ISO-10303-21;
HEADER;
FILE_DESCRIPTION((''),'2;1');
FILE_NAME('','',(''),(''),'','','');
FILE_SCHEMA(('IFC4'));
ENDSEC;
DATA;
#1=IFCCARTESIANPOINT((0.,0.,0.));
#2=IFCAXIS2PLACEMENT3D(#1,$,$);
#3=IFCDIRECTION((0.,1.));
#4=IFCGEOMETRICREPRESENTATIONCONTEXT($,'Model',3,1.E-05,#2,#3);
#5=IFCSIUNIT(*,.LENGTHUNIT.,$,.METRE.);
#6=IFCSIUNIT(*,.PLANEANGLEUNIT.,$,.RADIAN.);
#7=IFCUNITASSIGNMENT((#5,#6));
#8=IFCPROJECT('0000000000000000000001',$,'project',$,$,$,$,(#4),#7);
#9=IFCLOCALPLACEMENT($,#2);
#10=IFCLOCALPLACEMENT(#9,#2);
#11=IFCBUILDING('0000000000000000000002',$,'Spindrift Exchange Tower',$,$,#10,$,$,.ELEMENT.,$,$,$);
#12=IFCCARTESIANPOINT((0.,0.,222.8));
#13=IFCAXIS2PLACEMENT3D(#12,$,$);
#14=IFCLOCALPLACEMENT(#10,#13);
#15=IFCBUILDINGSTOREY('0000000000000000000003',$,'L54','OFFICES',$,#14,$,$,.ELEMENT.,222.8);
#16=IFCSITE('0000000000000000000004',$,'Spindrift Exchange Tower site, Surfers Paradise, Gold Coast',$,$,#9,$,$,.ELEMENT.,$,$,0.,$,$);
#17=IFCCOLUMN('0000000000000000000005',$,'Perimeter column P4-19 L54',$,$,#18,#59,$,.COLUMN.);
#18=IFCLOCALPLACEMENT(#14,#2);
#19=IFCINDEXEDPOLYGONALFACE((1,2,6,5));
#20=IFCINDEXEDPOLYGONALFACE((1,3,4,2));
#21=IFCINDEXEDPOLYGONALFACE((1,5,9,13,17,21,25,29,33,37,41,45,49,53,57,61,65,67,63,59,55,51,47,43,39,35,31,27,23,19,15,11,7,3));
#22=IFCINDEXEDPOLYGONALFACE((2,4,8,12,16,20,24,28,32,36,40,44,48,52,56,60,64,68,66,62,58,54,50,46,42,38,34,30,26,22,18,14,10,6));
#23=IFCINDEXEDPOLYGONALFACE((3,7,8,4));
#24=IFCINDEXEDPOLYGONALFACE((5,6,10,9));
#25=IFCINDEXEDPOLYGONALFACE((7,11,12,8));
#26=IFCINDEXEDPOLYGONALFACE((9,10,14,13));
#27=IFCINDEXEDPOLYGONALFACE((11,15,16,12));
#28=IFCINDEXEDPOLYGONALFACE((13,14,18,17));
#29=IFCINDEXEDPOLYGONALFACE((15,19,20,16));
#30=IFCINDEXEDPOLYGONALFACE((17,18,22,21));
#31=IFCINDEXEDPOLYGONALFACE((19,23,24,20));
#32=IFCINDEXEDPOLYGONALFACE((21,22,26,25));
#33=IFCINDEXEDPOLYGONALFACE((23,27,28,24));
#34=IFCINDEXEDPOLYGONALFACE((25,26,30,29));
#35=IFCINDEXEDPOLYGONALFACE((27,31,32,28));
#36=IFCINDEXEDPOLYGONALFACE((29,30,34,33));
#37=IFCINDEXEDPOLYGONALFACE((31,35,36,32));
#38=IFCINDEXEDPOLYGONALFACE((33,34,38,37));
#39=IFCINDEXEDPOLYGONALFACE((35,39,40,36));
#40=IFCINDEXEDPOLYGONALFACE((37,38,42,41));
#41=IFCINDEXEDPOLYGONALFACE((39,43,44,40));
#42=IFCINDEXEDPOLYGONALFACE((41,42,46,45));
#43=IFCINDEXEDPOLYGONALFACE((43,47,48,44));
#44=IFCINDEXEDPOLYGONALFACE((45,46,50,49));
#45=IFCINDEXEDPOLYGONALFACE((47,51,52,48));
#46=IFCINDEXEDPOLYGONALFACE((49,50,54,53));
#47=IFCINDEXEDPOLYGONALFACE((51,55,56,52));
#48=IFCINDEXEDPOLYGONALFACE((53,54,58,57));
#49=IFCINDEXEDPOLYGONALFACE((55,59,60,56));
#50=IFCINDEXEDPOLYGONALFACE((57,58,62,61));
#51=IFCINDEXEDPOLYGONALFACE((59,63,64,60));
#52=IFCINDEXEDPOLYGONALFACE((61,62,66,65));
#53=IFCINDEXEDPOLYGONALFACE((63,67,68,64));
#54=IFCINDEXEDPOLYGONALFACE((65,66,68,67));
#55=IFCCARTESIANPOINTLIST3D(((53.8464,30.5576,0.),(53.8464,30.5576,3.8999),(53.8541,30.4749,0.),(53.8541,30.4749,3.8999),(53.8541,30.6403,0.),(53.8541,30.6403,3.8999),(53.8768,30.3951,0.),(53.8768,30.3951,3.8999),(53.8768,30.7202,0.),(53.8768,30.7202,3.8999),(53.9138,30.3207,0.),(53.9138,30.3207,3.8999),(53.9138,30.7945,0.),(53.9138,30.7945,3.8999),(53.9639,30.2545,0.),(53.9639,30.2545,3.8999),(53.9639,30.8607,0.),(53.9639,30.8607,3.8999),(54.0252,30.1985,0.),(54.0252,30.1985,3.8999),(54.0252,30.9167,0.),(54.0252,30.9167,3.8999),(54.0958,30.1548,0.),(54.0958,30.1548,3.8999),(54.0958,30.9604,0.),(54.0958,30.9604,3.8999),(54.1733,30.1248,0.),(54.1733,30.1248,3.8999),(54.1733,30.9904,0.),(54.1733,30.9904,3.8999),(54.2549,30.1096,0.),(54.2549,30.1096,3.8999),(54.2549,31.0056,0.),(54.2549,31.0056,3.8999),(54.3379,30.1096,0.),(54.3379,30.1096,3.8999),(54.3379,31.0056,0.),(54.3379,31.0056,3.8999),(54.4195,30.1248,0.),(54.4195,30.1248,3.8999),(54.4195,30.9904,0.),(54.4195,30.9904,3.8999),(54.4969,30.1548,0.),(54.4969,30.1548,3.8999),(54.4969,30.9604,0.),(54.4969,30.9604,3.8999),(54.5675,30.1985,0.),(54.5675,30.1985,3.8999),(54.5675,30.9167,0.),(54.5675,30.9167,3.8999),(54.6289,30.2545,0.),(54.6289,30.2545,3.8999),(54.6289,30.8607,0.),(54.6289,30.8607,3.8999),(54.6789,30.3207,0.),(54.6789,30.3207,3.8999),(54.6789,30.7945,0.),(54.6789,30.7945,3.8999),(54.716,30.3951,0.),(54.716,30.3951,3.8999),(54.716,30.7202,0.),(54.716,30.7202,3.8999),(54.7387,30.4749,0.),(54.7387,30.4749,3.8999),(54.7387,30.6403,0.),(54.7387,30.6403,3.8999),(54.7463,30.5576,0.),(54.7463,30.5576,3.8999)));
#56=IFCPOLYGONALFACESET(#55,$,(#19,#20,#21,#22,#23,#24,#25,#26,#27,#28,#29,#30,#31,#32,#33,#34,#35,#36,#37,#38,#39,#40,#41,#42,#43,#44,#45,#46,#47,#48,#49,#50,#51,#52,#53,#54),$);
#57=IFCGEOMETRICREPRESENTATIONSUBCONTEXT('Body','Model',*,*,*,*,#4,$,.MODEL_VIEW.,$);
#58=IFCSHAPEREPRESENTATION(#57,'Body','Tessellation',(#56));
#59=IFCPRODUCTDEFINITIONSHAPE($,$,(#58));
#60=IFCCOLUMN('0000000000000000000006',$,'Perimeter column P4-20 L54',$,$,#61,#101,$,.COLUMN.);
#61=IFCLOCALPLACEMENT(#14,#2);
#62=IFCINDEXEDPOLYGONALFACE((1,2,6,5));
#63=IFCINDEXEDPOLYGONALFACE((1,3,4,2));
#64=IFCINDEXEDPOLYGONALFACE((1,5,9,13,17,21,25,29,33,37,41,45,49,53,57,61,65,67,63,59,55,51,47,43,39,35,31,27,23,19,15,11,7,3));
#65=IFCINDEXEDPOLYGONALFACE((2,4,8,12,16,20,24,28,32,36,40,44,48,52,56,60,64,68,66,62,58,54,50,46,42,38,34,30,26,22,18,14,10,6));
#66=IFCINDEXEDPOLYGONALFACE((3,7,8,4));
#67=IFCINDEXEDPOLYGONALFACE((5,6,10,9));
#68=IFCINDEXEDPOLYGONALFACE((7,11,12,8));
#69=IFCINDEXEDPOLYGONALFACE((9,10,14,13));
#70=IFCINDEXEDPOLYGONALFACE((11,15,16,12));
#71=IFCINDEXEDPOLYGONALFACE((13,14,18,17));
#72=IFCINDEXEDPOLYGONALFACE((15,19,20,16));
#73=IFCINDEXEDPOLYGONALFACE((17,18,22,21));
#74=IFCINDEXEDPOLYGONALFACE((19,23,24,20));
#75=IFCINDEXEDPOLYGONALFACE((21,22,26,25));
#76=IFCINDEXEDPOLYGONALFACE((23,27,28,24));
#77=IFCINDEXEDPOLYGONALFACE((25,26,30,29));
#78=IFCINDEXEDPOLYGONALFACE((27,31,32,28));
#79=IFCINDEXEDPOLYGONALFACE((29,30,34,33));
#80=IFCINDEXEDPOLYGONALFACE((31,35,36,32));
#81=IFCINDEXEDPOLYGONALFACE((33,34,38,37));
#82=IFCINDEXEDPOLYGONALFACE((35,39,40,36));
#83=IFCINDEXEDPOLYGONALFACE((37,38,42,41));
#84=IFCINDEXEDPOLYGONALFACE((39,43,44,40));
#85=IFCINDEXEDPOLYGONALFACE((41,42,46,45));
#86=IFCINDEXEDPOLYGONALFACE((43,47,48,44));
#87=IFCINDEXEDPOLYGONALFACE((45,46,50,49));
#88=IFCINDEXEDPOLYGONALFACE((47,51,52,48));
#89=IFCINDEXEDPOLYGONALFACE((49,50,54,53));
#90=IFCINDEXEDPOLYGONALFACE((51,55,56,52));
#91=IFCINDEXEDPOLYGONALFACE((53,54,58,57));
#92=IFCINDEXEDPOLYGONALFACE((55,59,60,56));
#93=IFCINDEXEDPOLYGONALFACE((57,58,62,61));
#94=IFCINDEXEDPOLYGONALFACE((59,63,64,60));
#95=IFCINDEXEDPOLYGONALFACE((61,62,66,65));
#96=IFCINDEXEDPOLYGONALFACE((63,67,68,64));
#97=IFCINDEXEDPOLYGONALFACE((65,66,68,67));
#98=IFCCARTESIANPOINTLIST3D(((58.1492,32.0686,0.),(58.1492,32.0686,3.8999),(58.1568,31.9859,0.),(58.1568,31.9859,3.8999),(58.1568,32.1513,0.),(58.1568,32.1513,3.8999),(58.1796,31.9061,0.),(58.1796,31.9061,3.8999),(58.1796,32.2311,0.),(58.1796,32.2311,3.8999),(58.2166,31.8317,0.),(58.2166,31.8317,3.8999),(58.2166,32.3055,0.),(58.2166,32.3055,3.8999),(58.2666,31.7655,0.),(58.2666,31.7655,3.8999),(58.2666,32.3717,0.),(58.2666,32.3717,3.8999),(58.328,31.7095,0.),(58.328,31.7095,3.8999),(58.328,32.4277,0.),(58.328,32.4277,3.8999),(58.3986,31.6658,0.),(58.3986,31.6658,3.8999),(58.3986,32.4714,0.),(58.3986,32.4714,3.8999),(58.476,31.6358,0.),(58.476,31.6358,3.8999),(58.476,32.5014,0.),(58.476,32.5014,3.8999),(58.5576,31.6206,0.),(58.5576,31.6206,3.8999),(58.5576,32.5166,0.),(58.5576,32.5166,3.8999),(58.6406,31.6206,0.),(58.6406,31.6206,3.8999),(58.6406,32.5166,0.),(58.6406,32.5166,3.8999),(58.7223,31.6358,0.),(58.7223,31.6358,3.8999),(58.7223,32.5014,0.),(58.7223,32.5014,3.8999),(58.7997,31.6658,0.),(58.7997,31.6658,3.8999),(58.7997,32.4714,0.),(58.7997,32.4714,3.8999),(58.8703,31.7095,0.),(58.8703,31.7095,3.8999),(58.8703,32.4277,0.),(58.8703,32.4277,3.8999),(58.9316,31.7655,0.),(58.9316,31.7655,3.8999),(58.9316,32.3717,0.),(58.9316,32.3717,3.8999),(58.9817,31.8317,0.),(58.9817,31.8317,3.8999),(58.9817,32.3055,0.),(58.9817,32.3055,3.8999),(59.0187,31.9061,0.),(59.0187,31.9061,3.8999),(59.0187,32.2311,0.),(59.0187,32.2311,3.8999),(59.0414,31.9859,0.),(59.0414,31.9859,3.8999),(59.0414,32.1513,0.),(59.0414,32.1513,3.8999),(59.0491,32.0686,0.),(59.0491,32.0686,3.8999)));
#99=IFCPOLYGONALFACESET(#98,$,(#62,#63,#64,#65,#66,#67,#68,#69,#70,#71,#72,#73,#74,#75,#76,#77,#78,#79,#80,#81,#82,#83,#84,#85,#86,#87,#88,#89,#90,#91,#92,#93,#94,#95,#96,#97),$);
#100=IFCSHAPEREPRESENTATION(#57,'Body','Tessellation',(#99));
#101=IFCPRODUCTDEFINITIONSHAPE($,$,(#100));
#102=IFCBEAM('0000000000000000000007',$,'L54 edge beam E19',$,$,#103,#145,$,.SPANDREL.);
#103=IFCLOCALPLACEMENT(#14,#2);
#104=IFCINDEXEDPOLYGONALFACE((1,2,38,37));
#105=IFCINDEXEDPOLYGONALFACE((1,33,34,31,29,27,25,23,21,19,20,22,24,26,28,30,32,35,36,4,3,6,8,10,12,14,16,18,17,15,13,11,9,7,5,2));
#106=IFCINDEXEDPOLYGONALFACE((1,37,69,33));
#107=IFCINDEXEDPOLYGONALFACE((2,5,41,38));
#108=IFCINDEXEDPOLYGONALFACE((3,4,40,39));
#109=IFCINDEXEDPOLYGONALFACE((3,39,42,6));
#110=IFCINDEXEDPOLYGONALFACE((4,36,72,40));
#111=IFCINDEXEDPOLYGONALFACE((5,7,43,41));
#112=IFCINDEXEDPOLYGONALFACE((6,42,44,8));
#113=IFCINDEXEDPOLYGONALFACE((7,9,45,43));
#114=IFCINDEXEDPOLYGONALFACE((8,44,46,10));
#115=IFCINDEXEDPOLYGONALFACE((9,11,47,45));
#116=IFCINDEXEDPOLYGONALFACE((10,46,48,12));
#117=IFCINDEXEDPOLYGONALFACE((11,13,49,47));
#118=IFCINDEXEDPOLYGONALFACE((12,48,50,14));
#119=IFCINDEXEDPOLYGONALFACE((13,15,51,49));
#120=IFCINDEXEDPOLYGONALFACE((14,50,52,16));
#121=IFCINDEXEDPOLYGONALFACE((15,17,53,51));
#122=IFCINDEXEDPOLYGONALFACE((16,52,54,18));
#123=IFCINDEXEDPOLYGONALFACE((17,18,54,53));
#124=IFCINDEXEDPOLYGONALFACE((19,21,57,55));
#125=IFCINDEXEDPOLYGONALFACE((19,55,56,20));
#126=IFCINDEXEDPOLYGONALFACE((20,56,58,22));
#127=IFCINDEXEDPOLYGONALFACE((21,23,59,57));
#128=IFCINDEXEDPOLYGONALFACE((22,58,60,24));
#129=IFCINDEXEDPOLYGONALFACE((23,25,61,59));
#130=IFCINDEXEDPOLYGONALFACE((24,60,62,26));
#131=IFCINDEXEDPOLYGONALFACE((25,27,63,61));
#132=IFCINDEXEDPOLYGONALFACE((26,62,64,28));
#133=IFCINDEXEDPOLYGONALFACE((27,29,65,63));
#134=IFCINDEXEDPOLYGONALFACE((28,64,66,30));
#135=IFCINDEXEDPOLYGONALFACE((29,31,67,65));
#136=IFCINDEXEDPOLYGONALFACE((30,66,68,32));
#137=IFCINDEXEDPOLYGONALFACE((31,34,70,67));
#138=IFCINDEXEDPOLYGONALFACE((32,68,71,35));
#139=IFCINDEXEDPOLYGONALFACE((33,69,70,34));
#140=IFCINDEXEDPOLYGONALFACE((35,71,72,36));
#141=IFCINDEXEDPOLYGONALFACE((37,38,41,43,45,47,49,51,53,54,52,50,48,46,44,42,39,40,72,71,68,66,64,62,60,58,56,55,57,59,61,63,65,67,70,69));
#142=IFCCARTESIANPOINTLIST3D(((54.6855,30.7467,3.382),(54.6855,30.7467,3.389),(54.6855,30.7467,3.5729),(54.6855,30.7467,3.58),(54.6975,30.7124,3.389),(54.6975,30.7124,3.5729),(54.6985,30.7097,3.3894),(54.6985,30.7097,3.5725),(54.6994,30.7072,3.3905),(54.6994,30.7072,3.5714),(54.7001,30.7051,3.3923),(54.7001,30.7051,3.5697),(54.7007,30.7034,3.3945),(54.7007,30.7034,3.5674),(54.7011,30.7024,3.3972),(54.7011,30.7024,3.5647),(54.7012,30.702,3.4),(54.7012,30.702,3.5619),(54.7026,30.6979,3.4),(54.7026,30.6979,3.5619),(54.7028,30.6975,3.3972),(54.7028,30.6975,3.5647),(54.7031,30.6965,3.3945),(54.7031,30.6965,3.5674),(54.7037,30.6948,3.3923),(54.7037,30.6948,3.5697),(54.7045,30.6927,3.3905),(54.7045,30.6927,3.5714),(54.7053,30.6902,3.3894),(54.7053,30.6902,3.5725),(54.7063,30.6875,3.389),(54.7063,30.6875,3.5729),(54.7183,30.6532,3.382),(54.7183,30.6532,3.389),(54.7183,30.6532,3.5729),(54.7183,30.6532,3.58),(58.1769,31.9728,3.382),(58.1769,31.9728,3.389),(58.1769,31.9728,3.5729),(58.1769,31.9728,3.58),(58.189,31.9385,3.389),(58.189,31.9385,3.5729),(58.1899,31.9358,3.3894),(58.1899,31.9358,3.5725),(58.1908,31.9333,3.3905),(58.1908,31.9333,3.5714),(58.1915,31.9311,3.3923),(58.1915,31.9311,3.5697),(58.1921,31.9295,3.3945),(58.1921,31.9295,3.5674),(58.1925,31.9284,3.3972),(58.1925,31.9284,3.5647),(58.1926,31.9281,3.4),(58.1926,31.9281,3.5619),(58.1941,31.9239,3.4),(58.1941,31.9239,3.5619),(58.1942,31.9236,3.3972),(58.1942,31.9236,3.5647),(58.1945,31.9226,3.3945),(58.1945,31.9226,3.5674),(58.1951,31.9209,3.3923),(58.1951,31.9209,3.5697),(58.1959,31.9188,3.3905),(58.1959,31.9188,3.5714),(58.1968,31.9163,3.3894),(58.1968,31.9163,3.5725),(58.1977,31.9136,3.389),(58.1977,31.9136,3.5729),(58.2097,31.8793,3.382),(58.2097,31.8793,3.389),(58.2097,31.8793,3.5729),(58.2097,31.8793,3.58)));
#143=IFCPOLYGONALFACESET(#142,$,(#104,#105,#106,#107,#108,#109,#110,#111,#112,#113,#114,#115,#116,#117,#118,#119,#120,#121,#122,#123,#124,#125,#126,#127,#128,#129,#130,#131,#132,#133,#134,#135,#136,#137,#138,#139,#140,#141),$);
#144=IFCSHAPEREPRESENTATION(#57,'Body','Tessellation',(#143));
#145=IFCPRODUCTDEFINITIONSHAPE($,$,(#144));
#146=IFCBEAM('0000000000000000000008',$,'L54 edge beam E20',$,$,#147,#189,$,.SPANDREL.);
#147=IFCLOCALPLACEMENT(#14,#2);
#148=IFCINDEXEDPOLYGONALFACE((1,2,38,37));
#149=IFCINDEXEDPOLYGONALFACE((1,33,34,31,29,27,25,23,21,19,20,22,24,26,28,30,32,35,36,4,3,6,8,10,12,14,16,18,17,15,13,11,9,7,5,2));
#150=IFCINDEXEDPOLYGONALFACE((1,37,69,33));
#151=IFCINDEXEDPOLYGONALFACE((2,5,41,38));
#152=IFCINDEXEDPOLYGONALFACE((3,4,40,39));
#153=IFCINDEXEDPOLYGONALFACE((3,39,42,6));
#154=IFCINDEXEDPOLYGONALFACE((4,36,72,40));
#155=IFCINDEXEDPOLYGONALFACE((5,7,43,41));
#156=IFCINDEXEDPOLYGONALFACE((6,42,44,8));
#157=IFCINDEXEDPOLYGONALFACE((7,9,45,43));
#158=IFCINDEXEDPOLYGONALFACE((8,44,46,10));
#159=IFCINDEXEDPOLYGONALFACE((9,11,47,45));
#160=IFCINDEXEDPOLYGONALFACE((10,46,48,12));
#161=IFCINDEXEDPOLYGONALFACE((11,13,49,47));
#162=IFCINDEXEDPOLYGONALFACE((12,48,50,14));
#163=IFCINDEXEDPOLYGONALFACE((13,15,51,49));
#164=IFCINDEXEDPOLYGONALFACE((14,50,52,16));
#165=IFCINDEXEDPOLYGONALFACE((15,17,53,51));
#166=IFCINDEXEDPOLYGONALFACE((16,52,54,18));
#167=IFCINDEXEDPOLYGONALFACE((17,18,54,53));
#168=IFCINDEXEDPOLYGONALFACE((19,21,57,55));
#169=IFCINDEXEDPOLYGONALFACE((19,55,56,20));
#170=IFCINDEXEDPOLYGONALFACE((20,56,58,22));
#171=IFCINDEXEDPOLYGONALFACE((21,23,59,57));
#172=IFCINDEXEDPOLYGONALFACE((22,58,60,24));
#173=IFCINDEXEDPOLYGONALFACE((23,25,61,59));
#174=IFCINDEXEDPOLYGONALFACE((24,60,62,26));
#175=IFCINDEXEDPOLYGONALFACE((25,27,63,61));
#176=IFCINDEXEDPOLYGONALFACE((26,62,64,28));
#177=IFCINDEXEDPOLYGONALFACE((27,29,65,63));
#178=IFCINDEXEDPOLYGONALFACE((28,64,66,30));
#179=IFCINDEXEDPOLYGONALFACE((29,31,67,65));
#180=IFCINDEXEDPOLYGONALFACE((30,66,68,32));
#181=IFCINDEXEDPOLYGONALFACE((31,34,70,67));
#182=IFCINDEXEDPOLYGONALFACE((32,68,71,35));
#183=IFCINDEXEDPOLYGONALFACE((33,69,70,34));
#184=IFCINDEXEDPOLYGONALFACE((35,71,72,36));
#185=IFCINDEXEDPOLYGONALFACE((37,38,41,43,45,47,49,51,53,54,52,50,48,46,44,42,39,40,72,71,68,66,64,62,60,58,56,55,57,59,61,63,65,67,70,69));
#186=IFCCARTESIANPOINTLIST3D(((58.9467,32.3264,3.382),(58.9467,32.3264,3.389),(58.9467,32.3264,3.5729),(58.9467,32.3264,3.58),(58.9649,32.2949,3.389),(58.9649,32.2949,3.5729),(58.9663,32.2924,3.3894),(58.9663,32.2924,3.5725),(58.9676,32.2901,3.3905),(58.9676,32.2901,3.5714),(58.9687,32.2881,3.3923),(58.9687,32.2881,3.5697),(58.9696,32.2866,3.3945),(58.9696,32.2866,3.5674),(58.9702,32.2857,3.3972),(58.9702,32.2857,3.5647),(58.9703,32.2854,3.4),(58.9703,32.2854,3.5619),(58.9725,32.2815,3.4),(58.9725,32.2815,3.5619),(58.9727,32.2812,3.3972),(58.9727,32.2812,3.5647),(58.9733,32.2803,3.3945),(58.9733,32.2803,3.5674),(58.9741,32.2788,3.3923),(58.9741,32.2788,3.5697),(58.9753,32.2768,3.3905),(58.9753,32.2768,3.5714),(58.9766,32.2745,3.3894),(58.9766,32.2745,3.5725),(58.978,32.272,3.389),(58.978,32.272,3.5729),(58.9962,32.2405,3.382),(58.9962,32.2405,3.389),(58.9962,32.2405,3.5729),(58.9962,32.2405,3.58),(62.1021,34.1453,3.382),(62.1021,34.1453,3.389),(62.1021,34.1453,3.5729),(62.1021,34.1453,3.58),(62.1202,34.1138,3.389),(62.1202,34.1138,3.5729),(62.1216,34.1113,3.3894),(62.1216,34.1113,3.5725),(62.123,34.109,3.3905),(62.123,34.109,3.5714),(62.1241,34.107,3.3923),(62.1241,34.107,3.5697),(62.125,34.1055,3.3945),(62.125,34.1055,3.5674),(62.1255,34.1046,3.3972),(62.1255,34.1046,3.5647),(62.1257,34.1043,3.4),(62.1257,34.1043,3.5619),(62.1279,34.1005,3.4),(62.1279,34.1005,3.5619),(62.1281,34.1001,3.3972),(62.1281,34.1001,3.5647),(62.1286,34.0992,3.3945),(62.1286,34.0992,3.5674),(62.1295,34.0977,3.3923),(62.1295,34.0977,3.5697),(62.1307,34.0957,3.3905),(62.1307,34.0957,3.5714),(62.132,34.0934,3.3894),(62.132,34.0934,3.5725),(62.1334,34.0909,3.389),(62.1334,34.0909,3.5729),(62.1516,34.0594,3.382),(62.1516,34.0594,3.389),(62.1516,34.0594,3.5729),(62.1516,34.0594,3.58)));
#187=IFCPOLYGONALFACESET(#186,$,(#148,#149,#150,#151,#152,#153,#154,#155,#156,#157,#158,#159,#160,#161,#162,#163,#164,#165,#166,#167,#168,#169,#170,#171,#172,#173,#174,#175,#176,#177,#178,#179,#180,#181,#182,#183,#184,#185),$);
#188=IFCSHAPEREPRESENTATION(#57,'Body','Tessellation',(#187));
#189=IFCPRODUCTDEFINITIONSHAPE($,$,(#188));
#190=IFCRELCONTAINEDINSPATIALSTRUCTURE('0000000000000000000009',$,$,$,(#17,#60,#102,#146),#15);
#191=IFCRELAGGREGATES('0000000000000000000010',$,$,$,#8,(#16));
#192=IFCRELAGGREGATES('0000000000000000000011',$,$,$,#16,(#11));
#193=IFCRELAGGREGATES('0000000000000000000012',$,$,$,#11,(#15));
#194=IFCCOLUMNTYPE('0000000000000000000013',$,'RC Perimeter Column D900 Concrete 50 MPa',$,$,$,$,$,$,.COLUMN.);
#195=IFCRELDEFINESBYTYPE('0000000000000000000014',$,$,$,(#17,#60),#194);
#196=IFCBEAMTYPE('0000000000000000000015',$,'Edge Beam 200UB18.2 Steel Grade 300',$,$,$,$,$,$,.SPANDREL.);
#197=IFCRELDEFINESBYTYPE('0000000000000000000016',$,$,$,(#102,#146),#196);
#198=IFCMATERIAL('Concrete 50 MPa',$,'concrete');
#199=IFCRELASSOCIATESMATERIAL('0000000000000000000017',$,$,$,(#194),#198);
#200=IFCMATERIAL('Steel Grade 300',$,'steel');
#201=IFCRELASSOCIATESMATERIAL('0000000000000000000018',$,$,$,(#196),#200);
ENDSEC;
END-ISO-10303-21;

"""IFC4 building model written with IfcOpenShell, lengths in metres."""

from ifc_helpers import new_model, si_unit, direction, frame, origin, origin_2d, place, context, subcontext, project, spatial, circle, i_section, extrude, source, transform, mapped, material, material_profile, profile_set, type_object, element, save


model = new_model("IFC4")

# Units and contexts
model_context = context("Model", 3, precision=1e-05, world=origin(), true_north=direction((0.0, 1.0)))
body_context = subcontext(model_context, "Body", "Model", "MODEL_VIEW")
ifc_project = project(units=[si_unit("LENGTHUNIT", "METRE"), si_unit("PLANEANGLEUNIT", "RADIAN")], contexts=[model_context])

# Site, building, storey
site_placement = place(None, origin())
site = spatial("IfcSite", under=ifc_project, at=site_placement, Name="Spindrift Exchange Tower site, Surfers Paradise, Gold Coast", CompositionType="ELEMENT", RefElevation=0.0)
building_placement = place(site_placement, origin())
building = spatial("IfcBuilding", under=site, at=building_placement, Name="Spindrift Exchange Tower", CompositionType="ELEMENT")
storey_placement = place(building_placement, frame((0.0, 0.0, 222.8)))
storey = spatial("IfcBuildingStorey", under=building, at=storey_placement, Name="L54", Description="OFFICES", CompositionType="ELEMENT", Elevation=222.8)

# Columns
ifc_material_1 = material(Name="Concrete 50 MPa", Category="concrete")
ifc_material_profile_1 = material_profile(ifc_material_1, circle(Radius=0.45, at=origin_2d()), Name="RC D900")
ifc_profile_set_1 = profile_set([ifc_material_profile_1], Name="Concrete 50 MPa")
column_type = type_object("IfcColumnType", Name="RC Perimeter Column D900 Concrete 50 MPa", PredefinedType="COLUMN", material=ifc_profile_set_1)
shared_shape_1 = source(origin(), body_context, "Body", "SweptSolid", [
    extrude(circle(Radius=0.45, at=origin_2d()), origin(), (0.0, 0.0, 1.0), 3.8999),
])
for number, where, z_axis, x_axis, name in (
    (1, (54.2964, 30.5576, 0.0), (0.0, 0.0, 1.0), (1.0, 0.0, 0.0), "Perimeter column P4-19 L54"),
    (2, (58.5991, 32.0686, 0.0), (0.0, 0.0, 1.0), (1.0, 0.0, 0.0), "Perimeter column P4-20 L54"),
):
    element("IfcColumn", number, at=place(storey_placement, frame(where, z_axis=z_axis, x_axis=x_axis)), inside=storey, type_object=column_type, Name=name, PredefinedType="COLUMN", context=body_context, shape_type="MappedRepresentation", body=[
        mapped(shared_shape_1, transform((0.0, 0.0, 0.0), scale=1.0)),
    ])

# Beams
ifc_material_2 = material(Name="Steel Grade 300", Category="steel")
ifc_material_profile_2 = material_profile(ifc_material_2, i_section(OverallWidth=0.0991, OverallDepth=0.198, WebThickness=0.0044, FlangeThickness=0.0071, FilletRadius=0.011, at=origin_2d()), Name="200UB18.2")
ifc_profile_set_2 = profile_set([ifc_material_profile_2], Name="Steel Grade 300")
beam_type = type_object("IfcBeamType", Name="Edge Beam 200UB18.2 Steel Grade 300", PredefinedType="SPANDREL", material=ifc_profile_set_2)
shared_shape_2 = source(origin(), body_context, "Body", "SweptSolid", [
    extrude(i_section(OverallWidth=0.0991, OverallDepth=0.198, WebThickness=0.0044, FlangeThickness=0.0071, FilletRadius=0.011, at=origin_2d()), origin(), (0.0, 0.0, 1.0), 3.7004),
])
beam_1_placement = place(storey_placement, frame((54.7019, 30.7, 3.481), z_axis=(0.943515, 0.331329, 0.0), x_axis=(-0.331329, 0.943515, 0.0)))
element("IfcBeam", 3, at=beam_1_placement, inside=storey, type_object=beam_type, Name="L54 edge beam E19", PredefinedType="SPANDREL", context=body_context, shape_type="MappedRepresentation", body=[
    mapped(shared_shape_2, transform((0.0, 0.0, 0.0), scale=1.0)),
])
shared_shape_3 = source(origin(), body_context, "Body", "SweptSolid", [
    extrude(i_section(OverallWidth=0.0991, OverallDepth=0.198, WebThickness=0.0044, FlangeThickness=0.0071, FilletRadius=0.011, at=origin_2d()), origin(), (0.0, 0.0, 1.0), 3.6421),
])
beam_2_placement = place(storey_placement, frame((58.9714, 32.2834, 3.481), z_axis=(0.866364, 0.499413, 0.0), x_axis=(-0.499413, 0.866364, 0.0)))
element("IfcBeam", 4, at=beam_2_placement, inside=storey, type_object=beam_type, Name="L54 edge beam E20", PredefinedType="SPANDREL", context=body_context, shape_type="MappedRepresentation", body=[
    mapped(shared_shape_3, transform((0.0, 0.0, 0.0), scale=1.0)),
])

save(model, "model.ifc")
